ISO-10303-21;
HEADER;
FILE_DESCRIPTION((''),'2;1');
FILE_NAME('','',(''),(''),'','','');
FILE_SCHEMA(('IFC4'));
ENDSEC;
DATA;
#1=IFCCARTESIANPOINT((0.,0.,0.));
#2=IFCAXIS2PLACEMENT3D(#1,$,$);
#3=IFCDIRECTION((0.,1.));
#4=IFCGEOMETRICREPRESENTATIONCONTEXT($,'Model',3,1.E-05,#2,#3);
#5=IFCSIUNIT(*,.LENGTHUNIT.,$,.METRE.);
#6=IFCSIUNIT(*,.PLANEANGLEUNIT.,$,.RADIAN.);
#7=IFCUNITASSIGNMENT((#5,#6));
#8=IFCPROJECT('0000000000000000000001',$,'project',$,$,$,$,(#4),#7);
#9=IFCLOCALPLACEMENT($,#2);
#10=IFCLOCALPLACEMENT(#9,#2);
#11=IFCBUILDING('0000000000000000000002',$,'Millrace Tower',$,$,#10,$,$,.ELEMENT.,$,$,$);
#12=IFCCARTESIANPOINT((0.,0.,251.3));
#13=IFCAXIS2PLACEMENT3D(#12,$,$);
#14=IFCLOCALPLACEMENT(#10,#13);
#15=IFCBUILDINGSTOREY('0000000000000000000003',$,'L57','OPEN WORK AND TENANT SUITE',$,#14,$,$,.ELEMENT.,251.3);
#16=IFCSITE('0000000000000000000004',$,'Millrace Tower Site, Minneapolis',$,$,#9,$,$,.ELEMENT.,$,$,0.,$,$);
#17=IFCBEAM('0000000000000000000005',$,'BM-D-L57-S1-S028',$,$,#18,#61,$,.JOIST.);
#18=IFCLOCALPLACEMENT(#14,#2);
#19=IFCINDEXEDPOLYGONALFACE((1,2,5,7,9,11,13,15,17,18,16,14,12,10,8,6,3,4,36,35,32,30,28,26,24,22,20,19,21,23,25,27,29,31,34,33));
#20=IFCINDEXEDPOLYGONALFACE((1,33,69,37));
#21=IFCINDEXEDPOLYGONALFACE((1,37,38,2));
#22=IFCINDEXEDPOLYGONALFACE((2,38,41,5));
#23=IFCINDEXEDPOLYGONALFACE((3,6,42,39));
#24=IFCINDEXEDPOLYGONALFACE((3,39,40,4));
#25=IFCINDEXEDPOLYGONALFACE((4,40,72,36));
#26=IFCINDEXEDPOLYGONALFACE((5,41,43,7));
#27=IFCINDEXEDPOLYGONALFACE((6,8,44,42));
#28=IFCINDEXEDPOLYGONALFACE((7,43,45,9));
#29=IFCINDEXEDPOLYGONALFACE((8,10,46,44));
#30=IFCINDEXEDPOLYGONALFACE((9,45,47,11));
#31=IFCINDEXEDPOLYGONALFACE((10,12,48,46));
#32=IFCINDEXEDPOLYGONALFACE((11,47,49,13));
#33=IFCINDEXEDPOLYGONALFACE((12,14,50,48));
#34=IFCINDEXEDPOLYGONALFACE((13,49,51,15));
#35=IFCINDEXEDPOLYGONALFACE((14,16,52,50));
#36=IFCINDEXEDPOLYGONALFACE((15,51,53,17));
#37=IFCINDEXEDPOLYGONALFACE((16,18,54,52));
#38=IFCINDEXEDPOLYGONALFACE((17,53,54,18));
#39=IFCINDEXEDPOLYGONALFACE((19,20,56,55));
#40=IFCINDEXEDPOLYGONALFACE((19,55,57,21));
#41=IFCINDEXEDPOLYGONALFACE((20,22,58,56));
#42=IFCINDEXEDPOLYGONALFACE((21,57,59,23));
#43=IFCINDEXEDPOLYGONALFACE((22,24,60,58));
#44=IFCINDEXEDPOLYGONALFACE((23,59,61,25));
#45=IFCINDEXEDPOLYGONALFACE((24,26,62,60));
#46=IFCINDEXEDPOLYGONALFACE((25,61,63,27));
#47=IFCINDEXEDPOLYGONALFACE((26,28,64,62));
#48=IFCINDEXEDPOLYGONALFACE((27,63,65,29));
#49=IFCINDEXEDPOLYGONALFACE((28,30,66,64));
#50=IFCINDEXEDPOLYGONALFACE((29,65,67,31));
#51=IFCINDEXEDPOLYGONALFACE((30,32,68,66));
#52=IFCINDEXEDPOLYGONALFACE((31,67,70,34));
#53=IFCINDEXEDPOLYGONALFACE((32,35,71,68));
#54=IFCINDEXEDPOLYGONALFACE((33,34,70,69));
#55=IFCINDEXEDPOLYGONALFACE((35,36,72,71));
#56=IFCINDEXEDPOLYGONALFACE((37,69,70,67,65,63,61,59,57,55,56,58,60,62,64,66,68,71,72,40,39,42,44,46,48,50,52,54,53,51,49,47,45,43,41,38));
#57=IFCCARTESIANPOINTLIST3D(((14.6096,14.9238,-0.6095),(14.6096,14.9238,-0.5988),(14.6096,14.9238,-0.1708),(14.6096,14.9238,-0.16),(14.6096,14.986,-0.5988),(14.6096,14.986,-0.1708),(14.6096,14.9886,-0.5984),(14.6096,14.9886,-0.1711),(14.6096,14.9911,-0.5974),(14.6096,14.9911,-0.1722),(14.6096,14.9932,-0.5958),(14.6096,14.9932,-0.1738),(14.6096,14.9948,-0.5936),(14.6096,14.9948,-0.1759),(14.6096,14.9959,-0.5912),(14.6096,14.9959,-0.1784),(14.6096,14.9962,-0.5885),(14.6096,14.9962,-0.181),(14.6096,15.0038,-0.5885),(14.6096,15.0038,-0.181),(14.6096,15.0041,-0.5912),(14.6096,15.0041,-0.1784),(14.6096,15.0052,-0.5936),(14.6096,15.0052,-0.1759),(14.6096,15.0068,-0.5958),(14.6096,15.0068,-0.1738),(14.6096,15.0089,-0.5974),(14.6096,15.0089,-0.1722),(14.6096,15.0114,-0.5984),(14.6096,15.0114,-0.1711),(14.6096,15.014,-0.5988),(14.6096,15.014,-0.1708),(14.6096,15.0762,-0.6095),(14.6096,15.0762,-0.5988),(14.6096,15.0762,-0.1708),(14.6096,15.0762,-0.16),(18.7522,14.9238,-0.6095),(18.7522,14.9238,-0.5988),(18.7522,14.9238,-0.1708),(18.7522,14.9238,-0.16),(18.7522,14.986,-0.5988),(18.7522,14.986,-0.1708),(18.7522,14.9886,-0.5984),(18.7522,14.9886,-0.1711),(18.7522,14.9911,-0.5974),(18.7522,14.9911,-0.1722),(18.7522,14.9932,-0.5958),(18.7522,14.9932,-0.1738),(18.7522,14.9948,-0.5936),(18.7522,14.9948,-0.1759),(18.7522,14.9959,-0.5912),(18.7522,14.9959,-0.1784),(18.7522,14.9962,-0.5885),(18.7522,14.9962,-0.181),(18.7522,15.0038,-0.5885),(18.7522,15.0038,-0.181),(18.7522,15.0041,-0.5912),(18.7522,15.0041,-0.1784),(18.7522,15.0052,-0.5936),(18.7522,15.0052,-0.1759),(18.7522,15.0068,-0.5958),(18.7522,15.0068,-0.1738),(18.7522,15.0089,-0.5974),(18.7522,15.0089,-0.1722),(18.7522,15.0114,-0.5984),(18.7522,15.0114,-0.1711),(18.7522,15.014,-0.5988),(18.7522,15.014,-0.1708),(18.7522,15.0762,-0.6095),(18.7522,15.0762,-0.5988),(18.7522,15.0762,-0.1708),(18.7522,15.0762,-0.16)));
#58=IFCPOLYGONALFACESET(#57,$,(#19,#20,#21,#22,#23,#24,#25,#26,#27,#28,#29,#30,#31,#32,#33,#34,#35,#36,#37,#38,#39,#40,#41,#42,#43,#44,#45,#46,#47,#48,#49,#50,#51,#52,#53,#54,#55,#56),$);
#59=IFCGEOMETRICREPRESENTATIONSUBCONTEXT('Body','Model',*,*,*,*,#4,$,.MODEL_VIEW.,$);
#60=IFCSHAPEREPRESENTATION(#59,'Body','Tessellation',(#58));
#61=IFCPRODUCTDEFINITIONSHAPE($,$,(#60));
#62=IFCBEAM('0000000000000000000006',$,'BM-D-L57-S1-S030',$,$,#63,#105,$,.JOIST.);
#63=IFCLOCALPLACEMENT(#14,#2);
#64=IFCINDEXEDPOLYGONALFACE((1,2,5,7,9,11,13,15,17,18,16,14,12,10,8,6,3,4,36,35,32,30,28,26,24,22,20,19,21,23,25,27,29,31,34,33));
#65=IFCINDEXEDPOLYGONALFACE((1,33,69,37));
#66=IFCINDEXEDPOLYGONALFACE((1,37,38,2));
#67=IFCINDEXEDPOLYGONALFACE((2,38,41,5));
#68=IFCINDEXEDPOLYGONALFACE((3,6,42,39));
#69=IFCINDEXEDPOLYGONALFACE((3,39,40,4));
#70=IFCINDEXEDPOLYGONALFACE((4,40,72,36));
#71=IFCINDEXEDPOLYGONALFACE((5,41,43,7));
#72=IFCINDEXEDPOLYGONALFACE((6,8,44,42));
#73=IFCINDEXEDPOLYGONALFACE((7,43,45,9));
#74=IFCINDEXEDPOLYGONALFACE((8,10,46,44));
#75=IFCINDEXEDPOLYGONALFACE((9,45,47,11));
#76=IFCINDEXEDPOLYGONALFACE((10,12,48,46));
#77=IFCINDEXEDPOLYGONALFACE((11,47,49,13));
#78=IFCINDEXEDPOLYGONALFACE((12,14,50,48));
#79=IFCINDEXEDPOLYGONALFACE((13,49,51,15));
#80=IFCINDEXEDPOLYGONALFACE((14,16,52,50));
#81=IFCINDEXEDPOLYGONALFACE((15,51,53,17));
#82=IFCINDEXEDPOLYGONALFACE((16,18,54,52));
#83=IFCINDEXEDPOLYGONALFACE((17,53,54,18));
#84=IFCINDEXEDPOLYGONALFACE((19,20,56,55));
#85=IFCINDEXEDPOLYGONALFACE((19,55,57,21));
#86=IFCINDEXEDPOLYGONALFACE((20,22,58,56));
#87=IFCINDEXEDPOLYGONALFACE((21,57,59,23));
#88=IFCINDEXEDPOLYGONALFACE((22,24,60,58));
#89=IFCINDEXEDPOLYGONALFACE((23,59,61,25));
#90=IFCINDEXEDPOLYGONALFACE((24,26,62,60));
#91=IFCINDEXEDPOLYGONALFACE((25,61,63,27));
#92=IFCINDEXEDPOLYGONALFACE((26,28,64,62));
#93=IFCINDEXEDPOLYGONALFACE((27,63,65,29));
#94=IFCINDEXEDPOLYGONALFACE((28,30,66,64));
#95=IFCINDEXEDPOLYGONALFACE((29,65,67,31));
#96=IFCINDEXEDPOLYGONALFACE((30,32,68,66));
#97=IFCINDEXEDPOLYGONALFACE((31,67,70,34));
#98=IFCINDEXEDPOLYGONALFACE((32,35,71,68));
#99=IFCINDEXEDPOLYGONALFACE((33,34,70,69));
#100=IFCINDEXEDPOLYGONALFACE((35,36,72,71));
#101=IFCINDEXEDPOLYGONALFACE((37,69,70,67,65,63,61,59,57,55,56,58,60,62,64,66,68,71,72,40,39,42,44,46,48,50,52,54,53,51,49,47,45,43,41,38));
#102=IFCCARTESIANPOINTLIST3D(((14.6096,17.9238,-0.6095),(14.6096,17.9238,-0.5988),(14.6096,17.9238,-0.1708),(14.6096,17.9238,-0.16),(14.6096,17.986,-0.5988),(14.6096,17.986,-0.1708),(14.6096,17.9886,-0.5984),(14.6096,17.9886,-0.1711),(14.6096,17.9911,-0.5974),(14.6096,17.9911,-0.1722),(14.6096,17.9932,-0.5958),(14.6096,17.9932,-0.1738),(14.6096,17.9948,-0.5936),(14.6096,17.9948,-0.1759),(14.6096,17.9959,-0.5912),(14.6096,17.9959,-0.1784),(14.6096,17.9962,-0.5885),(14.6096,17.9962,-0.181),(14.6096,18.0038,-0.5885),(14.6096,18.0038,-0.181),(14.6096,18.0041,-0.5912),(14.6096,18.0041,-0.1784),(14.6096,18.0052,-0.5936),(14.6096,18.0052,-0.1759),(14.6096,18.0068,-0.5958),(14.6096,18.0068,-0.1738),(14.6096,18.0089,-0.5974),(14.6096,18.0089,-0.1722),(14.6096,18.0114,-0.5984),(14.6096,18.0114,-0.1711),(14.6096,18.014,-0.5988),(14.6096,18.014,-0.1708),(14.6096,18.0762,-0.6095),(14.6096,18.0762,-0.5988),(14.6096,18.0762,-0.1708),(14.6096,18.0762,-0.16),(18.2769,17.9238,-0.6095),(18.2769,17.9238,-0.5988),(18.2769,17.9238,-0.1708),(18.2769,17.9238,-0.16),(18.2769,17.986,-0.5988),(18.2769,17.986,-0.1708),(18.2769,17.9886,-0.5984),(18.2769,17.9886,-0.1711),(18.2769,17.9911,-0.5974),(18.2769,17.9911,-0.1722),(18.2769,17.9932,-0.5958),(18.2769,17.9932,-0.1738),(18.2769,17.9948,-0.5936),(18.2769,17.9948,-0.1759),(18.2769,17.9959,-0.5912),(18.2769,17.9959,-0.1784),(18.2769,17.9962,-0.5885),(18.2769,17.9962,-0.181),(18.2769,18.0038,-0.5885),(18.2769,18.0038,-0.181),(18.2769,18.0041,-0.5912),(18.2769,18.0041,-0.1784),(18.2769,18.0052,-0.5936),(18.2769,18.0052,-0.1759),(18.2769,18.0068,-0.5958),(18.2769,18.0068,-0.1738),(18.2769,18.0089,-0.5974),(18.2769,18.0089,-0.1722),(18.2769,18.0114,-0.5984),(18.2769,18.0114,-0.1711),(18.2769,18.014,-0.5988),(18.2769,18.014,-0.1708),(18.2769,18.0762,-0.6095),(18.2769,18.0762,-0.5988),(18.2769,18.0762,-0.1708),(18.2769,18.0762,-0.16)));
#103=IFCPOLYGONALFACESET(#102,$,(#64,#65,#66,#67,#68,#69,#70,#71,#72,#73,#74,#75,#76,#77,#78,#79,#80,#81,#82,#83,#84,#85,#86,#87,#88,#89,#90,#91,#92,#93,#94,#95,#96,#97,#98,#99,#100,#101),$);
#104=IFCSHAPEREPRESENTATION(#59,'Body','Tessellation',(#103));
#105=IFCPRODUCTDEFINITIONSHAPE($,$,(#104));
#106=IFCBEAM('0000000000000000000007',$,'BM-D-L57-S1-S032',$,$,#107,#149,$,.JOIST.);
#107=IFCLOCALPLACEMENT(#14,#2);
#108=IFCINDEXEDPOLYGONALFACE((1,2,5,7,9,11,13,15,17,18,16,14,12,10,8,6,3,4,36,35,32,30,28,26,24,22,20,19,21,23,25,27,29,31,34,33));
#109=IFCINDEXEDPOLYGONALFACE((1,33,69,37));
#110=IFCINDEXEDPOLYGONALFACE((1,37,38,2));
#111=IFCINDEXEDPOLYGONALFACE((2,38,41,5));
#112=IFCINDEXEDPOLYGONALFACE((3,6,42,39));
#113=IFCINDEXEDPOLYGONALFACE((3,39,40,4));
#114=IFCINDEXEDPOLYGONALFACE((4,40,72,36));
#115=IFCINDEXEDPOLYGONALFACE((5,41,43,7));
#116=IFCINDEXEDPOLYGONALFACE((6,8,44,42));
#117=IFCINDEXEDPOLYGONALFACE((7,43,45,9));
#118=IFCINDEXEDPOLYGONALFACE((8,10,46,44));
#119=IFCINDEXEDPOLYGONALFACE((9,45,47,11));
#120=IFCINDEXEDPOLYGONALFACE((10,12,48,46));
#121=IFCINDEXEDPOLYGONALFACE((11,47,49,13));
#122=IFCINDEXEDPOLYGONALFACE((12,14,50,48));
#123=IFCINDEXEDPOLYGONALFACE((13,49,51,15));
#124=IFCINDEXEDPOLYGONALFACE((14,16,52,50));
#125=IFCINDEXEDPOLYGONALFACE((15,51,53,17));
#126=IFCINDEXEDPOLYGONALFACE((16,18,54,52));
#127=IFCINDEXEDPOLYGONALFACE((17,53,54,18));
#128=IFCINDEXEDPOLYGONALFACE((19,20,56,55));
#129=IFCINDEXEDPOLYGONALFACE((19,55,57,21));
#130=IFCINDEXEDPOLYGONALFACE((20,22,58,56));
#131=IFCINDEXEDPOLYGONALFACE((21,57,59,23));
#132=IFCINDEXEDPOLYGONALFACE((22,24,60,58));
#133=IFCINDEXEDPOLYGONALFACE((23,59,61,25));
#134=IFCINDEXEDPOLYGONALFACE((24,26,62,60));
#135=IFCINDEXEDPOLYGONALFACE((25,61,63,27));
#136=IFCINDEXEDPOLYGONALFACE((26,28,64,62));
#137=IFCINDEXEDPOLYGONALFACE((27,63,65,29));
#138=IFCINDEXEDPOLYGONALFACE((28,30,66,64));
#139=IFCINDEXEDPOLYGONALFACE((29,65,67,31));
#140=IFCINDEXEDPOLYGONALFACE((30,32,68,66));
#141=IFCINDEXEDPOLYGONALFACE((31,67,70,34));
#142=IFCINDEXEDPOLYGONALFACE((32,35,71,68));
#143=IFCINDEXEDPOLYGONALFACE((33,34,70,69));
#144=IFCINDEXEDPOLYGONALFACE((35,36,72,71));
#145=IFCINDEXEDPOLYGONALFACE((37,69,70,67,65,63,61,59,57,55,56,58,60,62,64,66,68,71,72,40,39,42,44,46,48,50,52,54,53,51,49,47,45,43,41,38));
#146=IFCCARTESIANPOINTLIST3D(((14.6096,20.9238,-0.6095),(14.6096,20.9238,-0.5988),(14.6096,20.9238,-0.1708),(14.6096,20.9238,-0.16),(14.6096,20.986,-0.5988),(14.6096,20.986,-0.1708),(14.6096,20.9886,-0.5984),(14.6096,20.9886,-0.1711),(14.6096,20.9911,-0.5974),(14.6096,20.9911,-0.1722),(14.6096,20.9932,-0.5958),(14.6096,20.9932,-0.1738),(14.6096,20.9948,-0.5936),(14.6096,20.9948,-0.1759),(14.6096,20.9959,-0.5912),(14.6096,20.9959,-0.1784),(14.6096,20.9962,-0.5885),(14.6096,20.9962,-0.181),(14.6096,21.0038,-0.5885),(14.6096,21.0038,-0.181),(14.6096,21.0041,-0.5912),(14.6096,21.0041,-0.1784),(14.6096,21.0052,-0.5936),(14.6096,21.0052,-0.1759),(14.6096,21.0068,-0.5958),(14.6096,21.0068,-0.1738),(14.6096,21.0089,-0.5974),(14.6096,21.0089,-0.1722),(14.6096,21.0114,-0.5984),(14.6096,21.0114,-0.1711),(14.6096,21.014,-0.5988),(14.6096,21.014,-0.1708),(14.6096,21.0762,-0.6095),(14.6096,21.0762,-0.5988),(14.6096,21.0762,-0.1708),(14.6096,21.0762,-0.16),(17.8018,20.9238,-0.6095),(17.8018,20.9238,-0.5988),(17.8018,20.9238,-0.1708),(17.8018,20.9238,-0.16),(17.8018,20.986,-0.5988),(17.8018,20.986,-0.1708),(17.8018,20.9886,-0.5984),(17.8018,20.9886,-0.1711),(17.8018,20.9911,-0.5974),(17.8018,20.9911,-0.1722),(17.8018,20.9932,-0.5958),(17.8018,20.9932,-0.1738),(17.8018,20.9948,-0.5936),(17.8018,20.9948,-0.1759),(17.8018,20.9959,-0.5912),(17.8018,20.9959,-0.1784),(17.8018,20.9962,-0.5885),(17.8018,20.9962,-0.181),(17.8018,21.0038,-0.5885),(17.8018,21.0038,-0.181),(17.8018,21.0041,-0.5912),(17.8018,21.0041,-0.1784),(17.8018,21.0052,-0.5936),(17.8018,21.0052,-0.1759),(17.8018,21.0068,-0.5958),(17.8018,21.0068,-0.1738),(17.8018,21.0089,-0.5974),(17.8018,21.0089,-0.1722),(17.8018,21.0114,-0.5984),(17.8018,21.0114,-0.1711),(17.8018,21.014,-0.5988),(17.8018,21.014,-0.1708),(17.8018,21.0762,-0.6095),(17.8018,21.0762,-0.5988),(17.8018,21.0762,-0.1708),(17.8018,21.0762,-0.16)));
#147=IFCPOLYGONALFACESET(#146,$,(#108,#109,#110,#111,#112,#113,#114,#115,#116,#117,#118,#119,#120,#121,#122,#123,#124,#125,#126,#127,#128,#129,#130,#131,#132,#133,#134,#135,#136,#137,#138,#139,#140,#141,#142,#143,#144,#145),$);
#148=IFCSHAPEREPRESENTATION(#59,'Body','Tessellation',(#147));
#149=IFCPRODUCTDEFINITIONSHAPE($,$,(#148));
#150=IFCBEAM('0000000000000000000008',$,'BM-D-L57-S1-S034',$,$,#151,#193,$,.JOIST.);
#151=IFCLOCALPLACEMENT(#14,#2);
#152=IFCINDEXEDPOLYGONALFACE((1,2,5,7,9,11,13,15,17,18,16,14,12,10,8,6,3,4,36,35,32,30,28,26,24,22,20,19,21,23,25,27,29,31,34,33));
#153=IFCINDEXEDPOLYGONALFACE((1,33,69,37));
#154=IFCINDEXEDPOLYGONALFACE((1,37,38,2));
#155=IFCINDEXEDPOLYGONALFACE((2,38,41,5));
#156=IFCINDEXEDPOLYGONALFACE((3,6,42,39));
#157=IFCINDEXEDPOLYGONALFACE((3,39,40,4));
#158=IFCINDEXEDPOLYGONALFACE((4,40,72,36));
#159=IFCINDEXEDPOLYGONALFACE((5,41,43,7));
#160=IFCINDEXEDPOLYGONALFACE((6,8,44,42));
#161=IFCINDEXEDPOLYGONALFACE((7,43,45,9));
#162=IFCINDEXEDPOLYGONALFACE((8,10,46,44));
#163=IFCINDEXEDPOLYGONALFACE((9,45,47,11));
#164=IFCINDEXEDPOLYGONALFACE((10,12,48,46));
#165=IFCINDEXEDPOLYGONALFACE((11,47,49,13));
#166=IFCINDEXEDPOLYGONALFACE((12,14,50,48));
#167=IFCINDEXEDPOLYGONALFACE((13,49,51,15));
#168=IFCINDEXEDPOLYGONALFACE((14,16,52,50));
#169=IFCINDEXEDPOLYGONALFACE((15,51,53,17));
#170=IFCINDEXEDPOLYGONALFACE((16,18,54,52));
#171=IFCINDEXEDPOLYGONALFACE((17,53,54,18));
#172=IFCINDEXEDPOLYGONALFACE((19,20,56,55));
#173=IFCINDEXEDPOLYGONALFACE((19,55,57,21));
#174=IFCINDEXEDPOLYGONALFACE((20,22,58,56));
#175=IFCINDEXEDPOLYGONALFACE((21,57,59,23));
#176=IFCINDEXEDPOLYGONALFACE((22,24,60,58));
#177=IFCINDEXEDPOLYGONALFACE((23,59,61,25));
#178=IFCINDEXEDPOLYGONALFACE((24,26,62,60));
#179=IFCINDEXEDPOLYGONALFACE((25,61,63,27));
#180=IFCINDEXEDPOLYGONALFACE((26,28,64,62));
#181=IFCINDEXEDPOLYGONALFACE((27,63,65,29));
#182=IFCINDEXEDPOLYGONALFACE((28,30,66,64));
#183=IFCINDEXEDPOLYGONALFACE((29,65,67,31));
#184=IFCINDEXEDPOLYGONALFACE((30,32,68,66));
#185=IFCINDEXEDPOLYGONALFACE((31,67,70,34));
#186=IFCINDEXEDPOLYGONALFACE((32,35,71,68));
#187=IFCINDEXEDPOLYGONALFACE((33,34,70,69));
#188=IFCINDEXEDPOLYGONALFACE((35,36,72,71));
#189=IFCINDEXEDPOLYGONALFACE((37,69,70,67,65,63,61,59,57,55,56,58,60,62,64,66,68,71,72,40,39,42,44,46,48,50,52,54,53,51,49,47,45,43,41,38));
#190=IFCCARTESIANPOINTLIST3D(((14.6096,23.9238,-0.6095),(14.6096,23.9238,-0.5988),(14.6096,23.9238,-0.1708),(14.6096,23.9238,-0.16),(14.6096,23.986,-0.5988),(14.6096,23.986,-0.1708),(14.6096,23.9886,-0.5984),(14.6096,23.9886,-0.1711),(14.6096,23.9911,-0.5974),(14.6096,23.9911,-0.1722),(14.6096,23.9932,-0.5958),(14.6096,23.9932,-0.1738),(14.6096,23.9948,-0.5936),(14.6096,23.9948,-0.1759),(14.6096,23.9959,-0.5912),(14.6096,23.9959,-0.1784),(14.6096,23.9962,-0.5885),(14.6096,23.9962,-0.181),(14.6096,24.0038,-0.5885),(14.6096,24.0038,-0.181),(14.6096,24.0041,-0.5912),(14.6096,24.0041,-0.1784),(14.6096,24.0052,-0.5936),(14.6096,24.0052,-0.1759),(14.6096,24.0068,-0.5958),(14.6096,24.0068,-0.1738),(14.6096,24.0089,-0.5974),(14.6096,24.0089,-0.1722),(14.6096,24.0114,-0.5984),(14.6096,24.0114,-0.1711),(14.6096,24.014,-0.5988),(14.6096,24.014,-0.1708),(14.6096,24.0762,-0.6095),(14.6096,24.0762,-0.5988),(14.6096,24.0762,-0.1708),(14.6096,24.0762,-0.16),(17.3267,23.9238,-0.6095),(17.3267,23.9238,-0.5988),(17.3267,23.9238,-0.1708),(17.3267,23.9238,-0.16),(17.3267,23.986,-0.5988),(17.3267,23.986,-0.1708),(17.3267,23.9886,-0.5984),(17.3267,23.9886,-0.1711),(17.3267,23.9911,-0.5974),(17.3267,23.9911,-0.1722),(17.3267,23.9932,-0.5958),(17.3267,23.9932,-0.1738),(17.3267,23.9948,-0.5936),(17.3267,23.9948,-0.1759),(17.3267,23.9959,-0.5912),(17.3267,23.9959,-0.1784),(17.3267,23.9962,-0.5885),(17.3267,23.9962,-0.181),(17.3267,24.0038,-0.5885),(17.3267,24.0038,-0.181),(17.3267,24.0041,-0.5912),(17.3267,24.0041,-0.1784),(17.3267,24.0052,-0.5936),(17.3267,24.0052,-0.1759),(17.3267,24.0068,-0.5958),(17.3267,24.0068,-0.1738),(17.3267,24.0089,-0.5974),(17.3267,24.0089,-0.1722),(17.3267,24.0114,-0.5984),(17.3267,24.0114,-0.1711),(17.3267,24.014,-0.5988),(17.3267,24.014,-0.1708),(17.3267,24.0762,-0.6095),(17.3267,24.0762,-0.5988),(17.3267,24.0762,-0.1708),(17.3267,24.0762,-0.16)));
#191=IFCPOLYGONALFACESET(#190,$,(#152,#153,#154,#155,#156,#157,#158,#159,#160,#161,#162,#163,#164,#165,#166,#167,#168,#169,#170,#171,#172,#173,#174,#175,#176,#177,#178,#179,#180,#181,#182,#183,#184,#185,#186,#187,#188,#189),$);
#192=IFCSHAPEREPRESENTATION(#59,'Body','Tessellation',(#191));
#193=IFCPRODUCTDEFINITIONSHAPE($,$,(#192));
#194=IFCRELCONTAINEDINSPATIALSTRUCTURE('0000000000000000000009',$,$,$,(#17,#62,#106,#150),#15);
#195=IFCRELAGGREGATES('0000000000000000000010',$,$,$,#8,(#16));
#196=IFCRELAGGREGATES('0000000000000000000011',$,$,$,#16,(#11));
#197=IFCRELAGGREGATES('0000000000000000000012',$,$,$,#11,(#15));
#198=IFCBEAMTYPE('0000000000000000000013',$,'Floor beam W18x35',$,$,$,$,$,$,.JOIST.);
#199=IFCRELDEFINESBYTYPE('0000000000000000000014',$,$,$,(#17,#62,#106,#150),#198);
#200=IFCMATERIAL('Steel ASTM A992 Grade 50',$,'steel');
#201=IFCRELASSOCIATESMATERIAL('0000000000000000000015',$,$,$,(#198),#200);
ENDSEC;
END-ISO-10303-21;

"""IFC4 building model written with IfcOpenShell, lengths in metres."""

from ifc_helpers import new_model, si_unit, direction, frame, origin, origin_2d, place, context, subcontext, project, spatial, i_section, extrude, material, material_profile, profile_set, type_object, element, save


model = new_model("IFC4")

# Units and contexts
model_context = context("Model", 3, precision=1e-05, world=origin(), true_north=direction((0.0, 1.0)))
body_context = subcontext(model_context, "Body", "Model", "MODEL_VIEW")
ifc_project = project(units=[si_unit("LENGTHUNIT", "METRE"), si_unit("PLANEANGLEUNIT", "RADIAN")], contexts=[model_context])

# Site, building, storey
site_placement = place(None, origin())
site = spatial("IfcSite", under=ifc_project, at=site_placement, Name="Millrace Tower Site, Minneapolis", CompositionType="ELEMENT", RefElevation=0.0)
building_placement = place(site_placement, origin())
building = spatial("IfcBuilding", under=site, at=building_placement, Name="Millrace Tower", CompositionType="ELEMENT")
storey_placement = place(building_placement, frame((0.0, 0.0, 251.3)))
storey = spatial("IfcBuildingStorey", under=building, at=storey_placement, Name="L57", Description="OPEN WORK AND TENANT SUITE", CompositionType="ELEMENT", Elevation=251.3)

# Beams
ifc_material_1 = material(Name="Steel ASTM A992 Grade 50", Category="steel")
ifc_material_profile_1 = material_profile(ifc_material_1, i_section(OverallWidth=0.1523, OverallDepth=0.4495, WebThickness=0.0076, FlangeThickness=0.0107, FilletRadius=0.0103, at=origin_2d()))
ifc_profile_set_1 = profile_set([ifc_material_profile_1], Name="Steel ASTM A992 Grade 50")
beam_type_1 = type_object("IfcBeamType", Name="Floor beam W18x35", PredefinedType="JOIST", material=ifc_profile_set_1)
beam_1_placement = place(storey_placement, frame((14.6096, 15.0, -0.3848), z_axis=(1.0, 0.0, 0.0), x_axis=(0.0, 1.0, 0.0)))
element("IfcBeam", 1, at=beam_1_placement, inside=storey, type_object=beam_type_1, Name="BM-D-L57-S1-S028", PredefinedType="JOIST", context=body_context, shape_type="SweptSolid", body=[
    extrude(i_section(OverallWidth=0.1523, OverallDepth=0.4495, WebThickness=0.0076, FlangeThickness=0.0107, FilletRadius=0.0103, at=origin_2d()), origin(), (0.0, 0.0, 1.0), 4.1426),
])
beam_2_placement = place(storey_placement, frame((14.6096, 18.0, -0.3848), z_axis=(1.0, 0.0, 0.0), x_axis=(0.0, 1.0, 0.0)))
element("IfcBeam", 2, at=beam_2_placement, inside=storey, type_object=beam_type_1, Name="BM-D-L57-S1-S030", PredefinedType="JOIST", context=body_context, shape_type="SweptSolid", body=[
    extrude(i_section(OverallWidth=0.1523, OverallDepth=0.4495, WebThickness=0.0076, FlangeThickness=0.0107, FilletRadius=0.0103, at=origin_2d()), origin(), (0.0, 0.0, 1.0), 3.6672),
])
beam_3_placement = place(storey_placement, frame((14.6096, 21.0, -0.3848), z_axis=(1.0, 0.0, 0.0), x_axis=(0.0, 1.0, 0.0)))
element("IfcBeam", 3, at=beam_3_placement, inside=storey, type_object=beam_type_1, Name="BM-D-L57-S1-S032", PredefinedType="JOIST", context=body_context, shape_type="SweptSolid", body=[
    extrude(i_section(OverallWidth=0.1523, OverallDepth=0.4495, WebThickness=0.0076, FlangeThickness=0.0107, FilletRadius=0.0103, at=origin_2d()), origin(), (0.0, 0.0, 1.0), 3.1921),
])
beam_4_placement = place(storey_placement, frame((14.6096, 24.0, -0.3848), z_axis=(1.0, 0.0, 0.0), x_axis=(0.0, 1.0, 0.0)))
element("IfcBeam", 4, at=beam_4_placement, inside=storey, type_object=beam_type_1, Name="BM-D-L57-S1-S034", PredefinedType="JOIST", context=body_context, shape_type="SweptSolid", body=[
    extrude(i_section(OverallWidth=0.1523, OverallDepth=0.4495, WebThickness=0.0076, FlangeThickness=0.0107, FilletRadius=0.0103, at=origin_2d()), origin(), (0.0, 0.0, 1.0), 2.717),
])

save(model, "model.ifc")
